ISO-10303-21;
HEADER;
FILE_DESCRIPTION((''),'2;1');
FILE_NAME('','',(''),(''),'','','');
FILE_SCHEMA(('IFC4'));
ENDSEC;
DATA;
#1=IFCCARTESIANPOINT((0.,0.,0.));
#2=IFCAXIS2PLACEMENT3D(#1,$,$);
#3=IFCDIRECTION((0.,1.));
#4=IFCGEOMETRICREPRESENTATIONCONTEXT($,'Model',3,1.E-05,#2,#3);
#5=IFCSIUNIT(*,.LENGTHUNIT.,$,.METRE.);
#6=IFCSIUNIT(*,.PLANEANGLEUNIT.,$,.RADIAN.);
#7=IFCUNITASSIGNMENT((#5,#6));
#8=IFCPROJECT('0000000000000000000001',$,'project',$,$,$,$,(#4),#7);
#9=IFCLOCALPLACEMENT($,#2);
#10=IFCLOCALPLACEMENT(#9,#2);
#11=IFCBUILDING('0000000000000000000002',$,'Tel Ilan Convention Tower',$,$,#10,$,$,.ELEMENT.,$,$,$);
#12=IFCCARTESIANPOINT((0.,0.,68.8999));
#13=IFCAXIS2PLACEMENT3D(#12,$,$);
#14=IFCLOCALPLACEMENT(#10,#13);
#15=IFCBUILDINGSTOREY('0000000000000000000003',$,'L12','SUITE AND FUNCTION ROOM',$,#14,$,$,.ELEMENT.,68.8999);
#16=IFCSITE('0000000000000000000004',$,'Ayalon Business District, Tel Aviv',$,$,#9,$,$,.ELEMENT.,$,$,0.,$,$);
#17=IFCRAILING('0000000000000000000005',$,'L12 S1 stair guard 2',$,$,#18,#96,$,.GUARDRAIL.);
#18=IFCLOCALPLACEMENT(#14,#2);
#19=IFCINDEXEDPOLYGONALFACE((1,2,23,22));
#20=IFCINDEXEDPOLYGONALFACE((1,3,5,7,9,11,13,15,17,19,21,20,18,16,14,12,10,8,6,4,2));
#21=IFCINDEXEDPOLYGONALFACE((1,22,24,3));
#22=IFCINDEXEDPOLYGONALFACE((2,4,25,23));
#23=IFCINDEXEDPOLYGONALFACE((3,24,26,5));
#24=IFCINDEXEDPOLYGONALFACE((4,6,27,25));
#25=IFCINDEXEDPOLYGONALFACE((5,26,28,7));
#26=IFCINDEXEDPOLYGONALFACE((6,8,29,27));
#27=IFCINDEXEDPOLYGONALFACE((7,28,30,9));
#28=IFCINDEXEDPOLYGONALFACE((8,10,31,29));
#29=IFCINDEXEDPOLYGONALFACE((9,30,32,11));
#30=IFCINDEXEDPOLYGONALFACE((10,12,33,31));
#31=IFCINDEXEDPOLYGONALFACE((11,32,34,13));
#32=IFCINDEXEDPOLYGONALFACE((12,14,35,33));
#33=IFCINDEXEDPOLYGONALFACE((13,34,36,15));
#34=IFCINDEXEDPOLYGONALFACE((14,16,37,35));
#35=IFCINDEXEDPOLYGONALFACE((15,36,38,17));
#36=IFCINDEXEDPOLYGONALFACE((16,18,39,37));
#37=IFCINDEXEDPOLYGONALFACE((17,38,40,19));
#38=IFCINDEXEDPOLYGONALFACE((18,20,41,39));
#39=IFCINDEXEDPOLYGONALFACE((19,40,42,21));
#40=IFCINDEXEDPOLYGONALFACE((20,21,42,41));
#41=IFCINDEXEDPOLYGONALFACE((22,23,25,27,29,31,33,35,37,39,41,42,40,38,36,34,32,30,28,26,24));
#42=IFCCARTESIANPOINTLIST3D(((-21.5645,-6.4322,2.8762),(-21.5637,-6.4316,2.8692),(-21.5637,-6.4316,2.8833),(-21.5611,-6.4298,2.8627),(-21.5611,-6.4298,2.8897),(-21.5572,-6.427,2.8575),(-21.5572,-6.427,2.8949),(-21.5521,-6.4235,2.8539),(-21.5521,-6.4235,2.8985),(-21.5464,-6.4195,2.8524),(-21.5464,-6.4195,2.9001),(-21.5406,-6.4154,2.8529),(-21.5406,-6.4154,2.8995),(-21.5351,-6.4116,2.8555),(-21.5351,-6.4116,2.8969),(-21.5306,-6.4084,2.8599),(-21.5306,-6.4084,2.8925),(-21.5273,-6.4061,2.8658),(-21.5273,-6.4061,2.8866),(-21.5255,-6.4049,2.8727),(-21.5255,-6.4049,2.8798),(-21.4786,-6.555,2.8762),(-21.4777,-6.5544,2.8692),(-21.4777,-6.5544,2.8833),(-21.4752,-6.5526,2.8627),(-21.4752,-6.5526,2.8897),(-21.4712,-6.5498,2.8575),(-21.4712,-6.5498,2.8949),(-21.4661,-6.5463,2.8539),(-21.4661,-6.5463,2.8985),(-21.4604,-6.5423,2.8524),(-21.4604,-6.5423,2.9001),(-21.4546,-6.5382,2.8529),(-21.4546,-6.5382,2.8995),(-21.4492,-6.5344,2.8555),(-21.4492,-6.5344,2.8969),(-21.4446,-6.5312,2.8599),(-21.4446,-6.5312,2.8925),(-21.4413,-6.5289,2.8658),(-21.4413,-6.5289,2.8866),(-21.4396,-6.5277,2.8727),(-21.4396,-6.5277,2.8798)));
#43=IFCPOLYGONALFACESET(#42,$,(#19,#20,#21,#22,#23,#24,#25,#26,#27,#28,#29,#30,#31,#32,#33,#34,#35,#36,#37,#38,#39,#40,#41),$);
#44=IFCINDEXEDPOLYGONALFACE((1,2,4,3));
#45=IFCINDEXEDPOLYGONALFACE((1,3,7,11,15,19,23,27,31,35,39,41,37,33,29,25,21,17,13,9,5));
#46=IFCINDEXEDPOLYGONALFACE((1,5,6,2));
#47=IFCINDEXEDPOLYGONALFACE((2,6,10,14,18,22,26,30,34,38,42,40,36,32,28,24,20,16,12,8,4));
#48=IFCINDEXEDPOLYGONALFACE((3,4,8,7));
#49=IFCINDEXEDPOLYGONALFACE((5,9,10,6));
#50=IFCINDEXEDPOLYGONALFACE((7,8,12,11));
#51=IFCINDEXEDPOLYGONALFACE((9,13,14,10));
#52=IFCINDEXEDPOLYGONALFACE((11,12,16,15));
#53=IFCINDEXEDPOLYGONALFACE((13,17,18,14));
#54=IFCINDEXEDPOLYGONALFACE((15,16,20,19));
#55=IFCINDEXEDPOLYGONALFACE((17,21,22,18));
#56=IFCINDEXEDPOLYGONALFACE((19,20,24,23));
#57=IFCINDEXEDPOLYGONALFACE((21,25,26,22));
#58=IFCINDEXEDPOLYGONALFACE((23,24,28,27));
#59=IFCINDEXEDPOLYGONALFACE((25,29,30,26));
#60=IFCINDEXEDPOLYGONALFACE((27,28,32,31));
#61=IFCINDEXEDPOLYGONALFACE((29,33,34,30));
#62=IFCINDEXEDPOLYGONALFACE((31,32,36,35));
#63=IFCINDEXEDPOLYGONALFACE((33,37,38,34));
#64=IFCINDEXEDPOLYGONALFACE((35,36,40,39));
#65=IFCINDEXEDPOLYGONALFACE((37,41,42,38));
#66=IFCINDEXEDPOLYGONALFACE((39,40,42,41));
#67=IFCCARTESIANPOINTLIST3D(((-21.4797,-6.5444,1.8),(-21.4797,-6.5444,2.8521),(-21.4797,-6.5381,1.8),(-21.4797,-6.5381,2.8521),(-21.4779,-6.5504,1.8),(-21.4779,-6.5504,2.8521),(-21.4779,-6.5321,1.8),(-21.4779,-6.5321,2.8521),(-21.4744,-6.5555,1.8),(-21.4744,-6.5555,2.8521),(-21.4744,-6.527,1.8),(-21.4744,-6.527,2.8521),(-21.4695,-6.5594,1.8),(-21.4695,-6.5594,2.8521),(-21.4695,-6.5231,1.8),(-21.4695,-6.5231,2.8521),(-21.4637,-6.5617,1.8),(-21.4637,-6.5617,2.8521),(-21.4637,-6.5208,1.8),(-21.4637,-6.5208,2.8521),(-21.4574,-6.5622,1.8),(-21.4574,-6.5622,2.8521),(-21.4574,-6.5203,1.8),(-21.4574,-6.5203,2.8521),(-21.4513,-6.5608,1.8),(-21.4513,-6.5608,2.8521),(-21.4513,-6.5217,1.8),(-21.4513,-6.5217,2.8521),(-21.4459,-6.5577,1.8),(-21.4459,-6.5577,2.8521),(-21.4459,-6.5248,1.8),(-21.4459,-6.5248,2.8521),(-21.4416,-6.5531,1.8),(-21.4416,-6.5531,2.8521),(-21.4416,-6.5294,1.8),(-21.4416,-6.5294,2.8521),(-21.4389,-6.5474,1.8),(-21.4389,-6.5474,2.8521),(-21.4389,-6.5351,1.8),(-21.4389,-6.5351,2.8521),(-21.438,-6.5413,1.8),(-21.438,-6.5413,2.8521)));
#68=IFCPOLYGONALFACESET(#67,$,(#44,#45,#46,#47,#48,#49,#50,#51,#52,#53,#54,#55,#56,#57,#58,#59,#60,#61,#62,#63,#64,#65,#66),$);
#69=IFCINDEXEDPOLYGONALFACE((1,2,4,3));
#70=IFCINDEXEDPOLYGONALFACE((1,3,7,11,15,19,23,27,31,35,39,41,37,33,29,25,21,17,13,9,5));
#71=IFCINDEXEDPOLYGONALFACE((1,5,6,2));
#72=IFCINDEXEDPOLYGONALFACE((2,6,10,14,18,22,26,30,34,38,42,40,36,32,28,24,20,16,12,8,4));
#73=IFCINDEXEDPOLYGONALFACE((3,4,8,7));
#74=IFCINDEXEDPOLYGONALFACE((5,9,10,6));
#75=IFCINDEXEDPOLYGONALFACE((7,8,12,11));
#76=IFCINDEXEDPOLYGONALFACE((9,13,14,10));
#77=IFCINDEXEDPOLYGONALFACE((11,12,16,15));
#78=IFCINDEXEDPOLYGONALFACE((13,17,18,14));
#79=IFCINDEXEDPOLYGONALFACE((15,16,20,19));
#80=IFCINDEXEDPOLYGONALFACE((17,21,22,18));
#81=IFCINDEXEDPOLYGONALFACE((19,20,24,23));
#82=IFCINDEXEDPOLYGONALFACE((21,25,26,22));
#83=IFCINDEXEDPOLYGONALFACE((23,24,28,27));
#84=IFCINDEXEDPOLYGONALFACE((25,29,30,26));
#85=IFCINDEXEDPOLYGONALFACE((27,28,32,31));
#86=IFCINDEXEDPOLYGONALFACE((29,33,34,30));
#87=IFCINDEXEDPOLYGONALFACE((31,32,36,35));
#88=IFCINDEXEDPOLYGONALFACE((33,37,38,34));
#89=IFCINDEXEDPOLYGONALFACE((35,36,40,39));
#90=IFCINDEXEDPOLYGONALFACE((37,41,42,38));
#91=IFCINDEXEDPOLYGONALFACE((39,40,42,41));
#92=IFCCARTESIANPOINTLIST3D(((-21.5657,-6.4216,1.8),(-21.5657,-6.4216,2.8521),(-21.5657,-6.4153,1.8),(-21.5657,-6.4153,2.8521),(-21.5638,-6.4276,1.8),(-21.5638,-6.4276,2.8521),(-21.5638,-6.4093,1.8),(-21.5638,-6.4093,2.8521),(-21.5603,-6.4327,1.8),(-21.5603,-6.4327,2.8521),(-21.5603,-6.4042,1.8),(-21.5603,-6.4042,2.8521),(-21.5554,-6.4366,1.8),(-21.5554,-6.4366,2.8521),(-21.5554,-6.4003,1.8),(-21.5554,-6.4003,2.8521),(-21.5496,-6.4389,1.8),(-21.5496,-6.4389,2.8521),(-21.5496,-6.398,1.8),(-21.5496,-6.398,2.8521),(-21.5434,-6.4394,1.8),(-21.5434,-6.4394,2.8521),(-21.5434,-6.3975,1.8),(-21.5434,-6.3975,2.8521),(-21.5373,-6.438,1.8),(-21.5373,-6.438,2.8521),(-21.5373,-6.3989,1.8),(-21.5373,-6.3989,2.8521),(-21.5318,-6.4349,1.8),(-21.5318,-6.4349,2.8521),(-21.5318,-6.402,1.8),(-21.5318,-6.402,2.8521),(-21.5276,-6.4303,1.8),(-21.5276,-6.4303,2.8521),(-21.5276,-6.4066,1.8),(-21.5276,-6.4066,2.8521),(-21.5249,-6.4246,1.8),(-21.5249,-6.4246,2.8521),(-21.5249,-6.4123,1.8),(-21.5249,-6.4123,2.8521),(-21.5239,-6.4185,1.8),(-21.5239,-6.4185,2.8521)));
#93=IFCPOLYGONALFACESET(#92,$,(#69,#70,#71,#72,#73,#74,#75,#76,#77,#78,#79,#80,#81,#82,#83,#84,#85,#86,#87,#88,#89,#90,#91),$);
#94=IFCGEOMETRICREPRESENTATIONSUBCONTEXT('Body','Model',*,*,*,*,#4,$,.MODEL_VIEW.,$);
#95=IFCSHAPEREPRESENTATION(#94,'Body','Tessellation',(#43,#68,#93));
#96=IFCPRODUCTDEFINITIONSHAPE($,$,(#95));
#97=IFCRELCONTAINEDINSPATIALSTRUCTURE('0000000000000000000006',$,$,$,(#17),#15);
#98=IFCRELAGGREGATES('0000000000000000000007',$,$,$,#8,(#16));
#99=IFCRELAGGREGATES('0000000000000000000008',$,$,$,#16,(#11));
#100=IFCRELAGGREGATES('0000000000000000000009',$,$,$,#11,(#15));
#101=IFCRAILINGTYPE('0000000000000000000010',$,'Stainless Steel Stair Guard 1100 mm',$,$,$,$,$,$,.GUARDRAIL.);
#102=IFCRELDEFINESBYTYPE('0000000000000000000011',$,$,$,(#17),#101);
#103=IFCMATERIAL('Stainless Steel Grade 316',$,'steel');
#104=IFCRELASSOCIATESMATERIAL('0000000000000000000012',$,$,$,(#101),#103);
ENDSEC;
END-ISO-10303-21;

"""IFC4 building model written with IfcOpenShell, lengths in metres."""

from ifc_helpers import new_model, si_unit, direction, frame, origin, origin_2d, place, context, subcontext, project, spatial, circle, extrude, material, type_object, element, save


model = new_model("IFC4")

# Units and contexts
model_context = context("Model", 3, precision=1e-05, world=origin(), true_north=direction((0.0, 1.0)))
body_context = subcontext(model_context, "Body", "Model", "MODEL_VIEW")
ifc_project = project(units=[si_unit("LENGTHUNIT", "METRE"), si_unit("PLANEANGLEUNIT", "RADIAN")], contexts=[model_context])

# Site, building, storey
site_placement = place(None, origin())
site = spatial("IfcSite", under=ifc_project, at=site_placement, Name="Ayalon Business District, Tel Aviv", CompositionType="ELEMENT", RefElevation=0.0)
building_placement = place(site_placement, origin())
building = spatial("IfcBuilding", under=site, at=building_placement, Name="Tel Ilan Convention Tower", CompositionType="ELEMENT")
storey_placement = place(building_placement, frame((0.0, 0.0, 68.8999)))
storey = spatial("IfcBuildingStorey", under=building, at=storey_placement, Name="L12", Description="SUITE AND FUNCTION ROOM", CompositionType="ELEMENT", Elevation=68.8999)

# Railing
ifc_material_1 = material(Name="Stainless Steel Grade 316", Category="steel")
railing_type_1 = type_object("IfcRailingType", Name="Stainless Steel Stair Guard 1100 mm", PredefinedType="GUARDRAIL", material=ifc_material_1)
railing_1_placement = place(storey_placement, frame((-21.459, -6.5413, 1.8)))
element("IfcRailing", 1, at=railing_1_placement, inside=storey, type_object=railing_type_1, Name="L12 S1 stair guard 2", PredefinedType="GUARDRAIL", context=body_context, shape_type="SweptSolid", body=[
    extrude(circle(Radius=0.0239, at=origin_2d()), frame((0.0, 0.0, 1.0762), z_axis=(-0.573353, 0.819308, 0.0), x_axis=(-0.819308, -0.573353, 0.0)), (0.0, 0.0, 1.0), 0.1499),
    extrude(circle(Radius=0.021, at=origin_2d()), origin(), (0.0, 0.0, 1.0), 1.052),
    extrude(circle(Radius=0.021, at=origin_2d()), frame((-0.0859, 0.1228, 0.0)), (0.0, 0.0, 1.0), 1.052),
])

save(model, "model.ifc")
